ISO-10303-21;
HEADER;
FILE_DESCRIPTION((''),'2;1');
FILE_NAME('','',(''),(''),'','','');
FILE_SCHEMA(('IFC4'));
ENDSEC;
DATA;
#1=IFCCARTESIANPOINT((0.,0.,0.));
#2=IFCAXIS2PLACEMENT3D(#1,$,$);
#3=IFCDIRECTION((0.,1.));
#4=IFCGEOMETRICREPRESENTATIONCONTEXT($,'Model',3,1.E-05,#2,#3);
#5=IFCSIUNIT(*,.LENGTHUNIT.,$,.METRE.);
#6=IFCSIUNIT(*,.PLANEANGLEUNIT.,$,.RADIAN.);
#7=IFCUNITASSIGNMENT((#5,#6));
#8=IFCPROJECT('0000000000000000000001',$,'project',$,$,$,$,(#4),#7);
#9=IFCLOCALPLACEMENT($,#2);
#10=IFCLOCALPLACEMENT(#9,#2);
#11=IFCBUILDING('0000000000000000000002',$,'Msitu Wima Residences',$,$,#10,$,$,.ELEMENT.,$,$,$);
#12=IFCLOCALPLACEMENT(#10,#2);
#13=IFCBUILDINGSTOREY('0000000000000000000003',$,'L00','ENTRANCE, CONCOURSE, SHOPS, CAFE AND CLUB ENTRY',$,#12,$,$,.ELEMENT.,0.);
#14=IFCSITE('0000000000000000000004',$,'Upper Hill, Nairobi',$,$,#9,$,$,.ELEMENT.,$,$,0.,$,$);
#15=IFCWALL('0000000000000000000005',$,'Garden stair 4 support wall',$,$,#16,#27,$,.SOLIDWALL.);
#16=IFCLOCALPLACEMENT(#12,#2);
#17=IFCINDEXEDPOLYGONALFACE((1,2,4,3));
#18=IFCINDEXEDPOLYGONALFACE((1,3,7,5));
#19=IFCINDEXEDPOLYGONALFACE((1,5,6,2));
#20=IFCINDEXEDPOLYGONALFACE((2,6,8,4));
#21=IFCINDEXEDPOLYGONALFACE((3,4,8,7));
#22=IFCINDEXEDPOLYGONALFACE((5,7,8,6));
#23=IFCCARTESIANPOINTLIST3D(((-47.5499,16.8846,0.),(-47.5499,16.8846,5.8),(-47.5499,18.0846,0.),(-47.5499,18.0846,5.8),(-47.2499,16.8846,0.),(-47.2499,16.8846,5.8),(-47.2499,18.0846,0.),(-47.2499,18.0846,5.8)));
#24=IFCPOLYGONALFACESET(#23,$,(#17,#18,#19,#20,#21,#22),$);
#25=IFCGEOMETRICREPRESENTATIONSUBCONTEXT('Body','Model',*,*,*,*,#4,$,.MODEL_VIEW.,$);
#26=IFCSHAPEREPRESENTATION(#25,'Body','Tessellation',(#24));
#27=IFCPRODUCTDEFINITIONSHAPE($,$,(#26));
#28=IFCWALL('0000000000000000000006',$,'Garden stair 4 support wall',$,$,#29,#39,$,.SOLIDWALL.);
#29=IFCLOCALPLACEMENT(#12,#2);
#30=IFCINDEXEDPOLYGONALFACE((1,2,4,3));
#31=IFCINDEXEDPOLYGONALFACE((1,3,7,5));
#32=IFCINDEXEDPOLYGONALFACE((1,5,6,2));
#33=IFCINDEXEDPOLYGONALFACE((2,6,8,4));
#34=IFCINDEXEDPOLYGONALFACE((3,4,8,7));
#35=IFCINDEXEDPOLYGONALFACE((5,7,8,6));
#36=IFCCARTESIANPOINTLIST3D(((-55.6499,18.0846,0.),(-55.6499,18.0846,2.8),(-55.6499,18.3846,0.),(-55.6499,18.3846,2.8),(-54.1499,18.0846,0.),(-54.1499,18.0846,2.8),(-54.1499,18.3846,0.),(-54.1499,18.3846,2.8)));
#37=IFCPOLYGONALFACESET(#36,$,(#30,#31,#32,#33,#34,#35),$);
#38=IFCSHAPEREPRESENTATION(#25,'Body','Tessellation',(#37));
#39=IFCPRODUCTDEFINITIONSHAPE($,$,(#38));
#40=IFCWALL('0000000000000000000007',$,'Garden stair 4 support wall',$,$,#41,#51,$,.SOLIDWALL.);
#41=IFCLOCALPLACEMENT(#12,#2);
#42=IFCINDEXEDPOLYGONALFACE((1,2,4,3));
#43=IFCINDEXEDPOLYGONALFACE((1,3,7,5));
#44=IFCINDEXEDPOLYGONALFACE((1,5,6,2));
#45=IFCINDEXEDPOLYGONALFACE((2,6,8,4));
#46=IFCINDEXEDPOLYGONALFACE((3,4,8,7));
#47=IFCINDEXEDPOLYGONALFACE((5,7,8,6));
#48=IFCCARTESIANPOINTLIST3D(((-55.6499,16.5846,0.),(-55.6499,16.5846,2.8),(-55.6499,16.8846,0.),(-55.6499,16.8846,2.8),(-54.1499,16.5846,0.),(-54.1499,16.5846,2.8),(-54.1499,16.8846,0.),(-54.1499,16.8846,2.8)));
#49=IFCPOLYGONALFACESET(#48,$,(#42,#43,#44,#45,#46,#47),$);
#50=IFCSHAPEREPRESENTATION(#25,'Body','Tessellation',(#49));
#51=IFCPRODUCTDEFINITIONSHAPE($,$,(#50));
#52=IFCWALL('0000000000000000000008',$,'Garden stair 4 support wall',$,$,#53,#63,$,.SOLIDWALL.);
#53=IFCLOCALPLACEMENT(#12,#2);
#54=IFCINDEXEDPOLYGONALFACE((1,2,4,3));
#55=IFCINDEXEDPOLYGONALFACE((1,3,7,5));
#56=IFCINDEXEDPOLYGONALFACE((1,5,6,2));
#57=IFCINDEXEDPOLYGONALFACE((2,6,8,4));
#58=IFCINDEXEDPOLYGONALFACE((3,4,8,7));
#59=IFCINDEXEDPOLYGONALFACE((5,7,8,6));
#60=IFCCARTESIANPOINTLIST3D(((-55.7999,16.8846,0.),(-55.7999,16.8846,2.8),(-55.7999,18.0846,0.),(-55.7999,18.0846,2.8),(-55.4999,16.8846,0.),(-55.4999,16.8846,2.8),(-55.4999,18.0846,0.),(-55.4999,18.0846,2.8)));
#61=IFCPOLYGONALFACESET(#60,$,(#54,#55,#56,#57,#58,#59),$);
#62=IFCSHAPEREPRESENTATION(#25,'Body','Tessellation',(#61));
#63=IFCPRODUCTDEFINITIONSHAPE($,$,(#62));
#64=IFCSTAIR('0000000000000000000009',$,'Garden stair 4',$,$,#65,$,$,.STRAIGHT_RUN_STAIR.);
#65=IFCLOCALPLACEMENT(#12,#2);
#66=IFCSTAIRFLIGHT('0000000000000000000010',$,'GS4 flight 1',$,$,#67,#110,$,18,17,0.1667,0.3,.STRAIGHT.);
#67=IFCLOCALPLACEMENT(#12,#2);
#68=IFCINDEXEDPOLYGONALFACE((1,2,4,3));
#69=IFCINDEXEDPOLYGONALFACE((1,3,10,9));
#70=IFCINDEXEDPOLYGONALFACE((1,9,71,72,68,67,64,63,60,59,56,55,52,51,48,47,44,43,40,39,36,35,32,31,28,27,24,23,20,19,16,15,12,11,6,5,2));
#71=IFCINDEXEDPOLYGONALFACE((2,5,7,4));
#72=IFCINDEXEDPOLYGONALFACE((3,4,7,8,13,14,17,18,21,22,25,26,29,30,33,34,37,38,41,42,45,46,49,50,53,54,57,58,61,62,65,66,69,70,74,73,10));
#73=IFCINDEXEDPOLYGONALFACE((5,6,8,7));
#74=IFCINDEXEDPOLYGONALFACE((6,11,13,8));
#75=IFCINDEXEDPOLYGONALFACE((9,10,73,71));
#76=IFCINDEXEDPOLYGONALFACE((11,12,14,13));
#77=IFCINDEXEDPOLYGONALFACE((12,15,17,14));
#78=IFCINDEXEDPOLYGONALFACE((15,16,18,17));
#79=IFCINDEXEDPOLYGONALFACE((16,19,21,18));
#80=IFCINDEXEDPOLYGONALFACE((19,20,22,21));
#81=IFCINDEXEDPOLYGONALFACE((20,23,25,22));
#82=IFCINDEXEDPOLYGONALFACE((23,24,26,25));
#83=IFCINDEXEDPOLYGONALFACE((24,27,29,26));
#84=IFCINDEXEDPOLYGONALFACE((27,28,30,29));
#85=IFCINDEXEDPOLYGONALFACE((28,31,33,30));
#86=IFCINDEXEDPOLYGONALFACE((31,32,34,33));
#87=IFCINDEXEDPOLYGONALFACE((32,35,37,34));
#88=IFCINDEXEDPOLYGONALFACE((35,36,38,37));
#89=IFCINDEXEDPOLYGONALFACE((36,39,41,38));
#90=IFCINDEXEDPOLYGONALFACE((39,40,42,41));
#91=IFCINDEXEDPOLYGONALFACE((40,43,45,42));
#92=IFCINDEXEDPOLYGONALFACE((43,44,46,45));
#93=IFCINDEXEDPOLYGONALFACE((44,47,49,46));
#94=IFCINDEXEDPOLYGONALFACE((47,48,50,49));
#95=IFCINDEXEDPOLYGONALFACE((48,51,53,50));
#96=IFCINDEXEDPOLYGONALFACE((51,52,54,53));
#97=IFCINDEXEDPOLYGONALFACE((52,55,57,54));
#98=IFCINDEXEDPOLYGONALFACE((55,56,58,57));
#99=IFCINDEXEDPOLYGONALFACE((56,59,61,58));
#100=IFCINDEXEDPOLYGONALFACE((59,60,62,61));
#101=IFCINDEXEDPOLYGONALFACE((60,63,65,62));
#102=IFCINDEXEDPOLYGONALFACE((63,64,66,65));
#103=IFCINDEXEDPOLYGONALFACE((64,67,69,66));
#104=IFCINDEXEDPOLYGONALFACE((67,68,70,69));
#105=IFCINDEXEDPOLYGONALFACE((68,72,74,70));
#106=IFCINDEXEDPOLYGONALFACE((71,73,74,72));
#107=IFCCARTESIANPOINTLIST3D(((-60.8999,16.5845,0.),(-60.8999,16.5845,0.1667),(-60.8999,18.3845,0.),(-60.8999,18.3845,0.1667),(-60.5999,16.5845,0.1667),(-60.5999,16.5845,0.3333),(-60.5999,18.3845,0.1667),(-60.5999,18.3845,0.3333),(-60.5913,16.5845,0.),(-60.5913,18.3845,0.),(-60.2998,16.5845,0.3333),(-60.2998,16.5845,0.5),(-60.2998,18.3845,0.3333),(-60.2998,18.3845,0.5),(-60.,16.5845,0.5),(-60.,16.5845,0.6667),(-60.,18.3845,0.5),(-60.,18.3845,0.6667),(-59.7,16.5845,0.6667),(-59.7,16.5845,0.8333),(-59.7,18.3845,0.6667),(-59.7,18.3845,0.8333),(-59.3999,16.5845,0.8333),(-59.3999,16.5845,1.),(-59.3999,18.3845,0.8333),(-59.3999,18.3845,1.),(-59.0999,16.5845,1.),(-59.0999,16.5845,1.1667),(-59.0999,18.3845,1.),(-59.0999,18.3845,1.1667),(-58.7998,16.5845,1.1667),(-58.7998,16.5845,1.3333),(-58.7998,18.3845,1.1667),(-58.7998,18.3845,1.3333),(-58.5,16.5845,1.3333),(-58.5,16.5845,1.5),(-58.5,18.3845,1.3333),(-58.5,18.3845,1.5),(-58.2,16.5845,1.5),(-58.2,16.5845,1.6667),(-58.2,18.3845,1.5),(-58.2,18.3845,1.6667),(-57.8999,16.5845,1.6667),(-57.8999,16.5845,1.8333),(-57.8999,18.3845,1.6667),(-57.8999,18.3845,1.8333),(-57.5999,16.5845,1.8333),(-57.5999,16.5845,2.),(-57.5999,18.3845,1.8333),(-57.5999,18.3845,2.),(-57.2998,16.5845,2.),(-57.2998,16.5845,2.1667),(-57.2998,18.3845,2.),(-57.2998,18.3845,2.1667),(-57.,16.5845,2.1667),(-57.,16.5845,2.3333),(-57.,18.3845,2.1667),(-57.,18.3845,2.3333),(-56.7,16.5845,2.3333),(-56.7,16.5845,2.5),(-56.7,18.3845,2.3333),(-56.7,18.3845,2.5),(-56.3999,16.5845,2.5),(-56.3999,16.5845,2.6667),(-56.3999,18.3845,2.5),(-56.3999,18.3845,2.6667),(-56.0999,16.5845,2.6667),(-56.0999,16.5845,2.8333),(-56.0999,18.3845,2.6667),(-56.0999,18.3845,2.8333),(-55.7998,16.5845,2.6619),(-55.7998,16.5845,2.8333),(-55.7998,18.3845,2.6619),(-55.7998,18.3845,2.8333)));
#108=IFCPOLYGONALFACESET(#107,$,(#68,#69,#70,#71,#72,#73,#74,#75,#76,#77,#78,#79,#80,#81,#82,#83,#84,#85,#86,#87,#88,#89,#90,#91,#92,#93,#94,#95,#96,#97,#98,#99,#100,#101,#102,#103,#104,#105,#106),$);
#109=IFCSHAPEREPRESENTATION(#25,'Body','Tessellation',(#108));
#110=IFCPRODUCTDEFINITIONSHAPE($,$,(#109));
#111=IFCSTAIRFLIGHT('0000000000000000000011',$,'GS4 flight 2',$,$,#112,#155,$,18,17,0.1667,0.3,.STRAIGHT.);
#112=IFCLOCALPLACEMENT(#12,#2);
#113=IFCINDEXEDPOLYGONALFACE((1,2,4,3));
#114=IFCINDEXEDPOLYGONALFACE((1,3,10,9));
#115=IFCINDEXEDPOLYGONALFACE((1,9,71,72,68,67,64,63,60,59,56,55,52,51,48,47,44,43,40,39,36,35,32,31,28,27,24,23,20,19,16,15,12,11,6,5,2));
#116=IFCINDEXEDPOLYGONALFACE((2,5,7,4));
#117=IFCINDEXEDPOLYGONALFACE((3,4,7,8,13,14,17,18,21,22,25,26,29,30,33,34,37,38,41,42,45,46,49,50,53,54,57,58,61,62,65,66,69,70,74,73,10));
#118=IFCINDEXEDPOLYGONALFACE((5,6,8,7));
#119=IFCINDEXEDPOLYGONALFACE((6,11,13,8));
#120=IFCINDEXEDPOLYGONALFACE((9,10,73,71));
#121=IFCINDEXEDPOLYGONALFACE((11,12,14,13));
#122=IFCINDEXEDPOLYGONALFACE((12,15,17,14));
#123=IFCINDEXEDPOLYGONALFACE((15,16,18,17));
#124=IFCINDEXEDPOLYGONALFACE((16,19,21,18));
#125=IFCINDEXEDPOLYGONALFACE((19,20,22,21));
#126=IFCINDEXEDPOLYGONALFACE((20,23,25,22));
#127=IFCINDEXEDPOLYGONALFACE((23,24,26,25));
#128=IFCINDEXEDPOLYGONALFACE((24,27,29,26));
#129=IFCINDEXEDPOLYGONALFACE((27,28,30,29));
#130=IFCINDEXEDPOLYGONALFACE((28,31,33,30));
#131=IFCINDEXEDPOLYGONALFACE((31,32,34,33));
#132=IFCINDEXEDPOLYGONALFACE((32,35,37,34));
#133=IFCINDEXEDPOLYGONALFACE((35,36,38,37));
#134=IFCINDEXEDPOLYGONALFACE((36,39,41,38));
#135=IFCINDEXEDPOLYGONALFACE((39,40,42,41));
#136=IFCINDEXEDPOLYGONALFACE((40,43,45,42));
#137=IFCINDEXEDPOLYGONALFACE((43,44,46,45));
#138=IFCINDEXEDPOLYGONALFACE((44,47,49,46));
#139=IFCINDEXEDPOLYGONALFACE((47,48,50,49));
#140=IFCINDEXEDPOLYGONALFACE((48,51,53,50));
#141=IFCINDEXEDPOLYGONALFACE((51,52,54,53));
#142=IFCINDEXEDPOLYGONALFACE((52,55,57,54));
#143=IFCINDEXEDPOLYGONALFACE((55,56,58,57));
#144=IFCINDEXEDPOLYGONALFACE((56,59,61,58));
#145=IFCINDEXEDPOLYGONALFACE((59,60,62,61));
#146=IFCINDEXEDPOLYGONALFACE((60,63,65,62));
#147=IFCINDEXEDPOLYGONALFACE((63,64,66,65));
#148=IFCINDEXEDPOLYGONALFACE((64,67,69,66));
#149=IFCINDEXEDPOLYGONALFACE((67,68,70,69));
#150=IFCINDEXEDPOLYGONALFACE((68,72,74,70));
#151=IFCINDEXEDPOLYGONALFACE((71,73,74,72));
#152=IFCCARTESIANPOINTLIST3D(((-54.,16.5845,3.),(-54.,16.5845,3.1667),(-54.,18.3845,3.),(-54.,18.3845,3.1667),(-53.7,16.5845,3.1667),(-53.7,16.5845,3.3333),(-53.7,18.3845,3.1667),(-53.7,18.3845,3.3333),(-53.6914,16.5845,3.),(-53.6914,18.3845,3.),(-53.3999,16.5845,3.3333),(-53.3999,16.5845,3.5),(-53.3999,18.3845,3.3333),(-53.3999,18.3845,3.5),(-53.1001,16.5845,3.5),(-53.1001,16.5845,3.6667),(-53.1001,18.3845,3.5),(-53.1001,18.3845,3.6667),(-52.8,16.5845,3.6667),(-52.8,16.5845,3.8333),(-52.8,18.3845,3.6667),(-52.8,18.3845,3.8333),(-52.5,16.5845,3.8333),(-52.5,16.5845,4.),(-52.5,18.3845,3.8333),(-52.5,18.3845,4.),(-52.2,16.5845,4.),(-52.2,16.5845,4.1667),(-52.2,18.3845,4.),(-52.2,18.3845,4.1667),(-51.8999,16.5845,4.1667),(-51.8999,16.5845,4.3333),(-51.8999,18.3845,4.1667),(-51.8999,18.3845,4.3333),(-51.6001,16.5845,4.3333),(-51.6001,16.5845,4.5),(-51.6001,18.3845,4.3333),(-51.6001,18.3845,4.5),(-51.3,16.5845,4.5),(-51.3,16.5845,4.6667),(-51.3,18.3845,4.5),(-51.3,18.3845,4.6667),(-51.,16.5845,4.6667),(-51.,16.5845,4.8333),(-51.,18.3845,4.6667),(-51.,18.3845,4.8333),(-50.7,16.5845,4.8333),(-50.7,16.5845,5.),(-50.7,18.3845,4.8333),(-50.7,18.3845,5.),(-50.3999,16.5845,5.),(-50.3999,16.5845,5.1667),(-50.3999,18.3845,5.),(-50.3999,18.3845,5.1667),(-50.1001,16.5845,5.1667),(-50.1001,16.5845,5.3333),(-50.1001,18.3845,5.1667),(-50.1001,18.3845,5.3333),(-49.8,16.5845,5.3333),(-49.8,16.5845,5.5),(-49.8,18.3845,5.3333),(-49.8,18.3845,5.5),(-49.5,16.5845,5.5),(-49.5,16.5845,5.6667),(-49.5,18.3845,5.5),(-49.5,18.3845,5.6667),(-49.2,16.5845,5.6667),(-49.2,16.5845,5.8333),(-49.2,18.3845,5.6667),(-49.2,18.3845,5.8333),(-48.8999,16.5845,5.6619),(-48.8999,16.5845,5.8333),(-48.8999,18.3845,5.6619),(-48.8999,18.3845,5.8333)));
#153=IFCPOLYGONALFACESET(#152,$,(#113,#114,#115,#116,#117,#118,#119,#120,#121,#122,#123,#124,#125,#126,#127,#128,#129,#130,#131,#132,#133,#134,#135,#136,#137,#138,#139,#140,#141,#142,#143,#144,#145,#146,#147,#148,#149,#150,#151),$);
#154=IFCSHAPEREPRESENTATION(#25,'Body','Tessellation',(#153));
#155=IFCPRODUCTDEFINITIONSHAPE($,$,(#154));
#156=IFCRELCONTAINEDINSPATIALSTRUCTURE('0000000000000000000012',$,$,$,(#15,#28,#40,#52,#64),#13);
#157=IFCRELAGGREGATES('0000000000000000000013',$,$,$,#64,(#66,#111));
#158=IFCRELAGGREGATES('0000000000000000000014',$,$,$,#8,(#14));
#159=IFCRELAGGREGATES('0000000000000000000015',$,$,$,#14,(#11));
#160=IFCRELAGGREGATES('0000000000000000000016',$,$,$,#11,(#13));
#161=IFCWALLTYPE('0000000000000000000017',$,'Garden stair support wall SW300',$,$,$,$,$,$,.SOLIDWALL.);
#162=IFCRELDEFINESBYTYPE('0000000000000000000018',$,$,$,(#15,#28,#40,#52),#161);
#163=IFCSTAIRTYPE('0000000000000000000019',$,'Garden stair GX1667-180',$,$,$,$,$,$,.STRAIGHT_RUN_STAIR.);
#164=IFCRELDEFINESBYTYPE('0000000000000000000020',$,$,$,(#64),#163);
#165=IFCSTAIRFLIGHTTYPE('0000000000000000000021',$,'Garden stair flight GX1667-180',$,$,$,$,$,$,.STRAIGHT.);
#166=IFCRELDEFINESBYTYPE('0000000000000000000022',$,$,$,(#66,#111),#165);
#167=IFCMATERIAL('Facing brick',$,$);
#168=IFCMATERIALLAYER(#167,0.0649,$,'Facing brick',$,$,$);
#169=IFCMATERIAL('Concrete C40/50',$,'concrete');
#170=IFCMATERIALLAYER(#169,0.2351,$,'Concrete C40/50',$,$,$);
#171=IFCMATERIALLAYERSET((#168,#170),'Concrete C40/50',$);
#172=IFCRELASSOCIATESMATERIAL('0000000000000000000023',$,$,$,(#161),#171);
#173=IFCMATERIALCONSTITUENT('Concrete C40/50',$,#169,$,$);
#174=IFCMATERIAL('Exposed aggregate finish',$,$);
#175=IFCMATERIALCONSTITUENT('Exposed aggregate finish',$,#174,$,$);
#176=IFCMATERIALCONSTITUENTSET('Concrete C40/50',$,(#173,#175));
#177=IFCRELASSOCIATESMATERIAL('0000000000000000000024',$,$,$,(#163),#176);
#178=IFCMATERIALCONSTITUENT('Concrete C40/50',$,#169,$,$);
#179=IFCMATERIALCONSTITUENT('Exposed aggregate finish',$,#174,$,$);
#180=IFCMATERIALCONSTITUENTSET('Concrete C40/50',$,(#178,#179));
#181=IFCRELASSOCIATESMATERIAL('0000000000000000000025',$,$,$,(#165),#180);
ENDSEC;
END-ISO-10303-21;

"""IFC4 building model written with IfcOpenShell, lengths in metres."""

from ifc_helpers import new_model, si_unit, direction, frame, frame_2d, origin, place, context, subcontext, project, spatial, polyline, rectangle, outline, extrude, material, layer, layer_set, constituent, constituent_set, type_object, element, aggregate, save


model = new_model("IFC4")

# Units and contexts
model_context = context("Model", 3, precision=1e-05, world=origin(), true_north=direction((0.0, 1.0)))
body_context = subcontext(model_context, "Body", "Model", "MODEL_VIEW")
ifc_project = project(units=[si_unit("LENGTHUNIT", "METRE"), si_unit("PLANEANGLEUNIT", "RADIAN")], contexts=[model_context])

# Site, building, storey
site_placement = place(None, origin())
site = spatial("IfcSite", under=ifc_project, at=site_placement, Name="Upper Hill, Nairobi", CompositionType="ELEMENT", RefElevation=0.0)
building_placement = place(site_placement, origin())
building = spatial("IfcBuilding", under=site, at=building_placement, Name="Msitu Wima Residences", CompositionType="ELEMENT")
storey_placement = place(building_placement, origin())
storey = spatial("IfcBuildingStorey", under=building, at=storey_placement, Name="L00", Description="ENTRANCE, CONCOURSE, SHOPS, CAFE AND CLUB ENTRY", CompositionType="ELEMENT", Elevation=0.0)

# Walls
ifc_material_1 = material(Name="Facing brick")
ifc_layer_1 = layer(ifc_material_1, 0.0649, Name="Facing brick")
ifc_material_2 = material(Name="Concrete C40/50", Category="concrete")
ifc_layer_2 = layer(ifc_material_2, 0.2351, Name="Concrete C40/50")
ifc_layer_set_1 = layer_set([ifc_layer_1, ifc_layer_2], Name="Concrete C40/50")
wall_type_1 = type_object("IfcWallType", Name="Garden stair support wall SW300", PredefinedType="SOLIDWALL", material=ifc_layer_set_1)
wall_1_placement = place(storey_placement, frame((-47.3999, 18.0847, 0.0), z_axis=(0.0, 0.0, 1.0), x_axis=(0.0, -1.0, 0.0)))
element("IfcWall", 1, at=wall_1_placement, inside=storey, type_object=wall_type_1, Name="Garden stair 4 support wall", PredefinedType="SOLIDWALL", context=body_context, shape_type="SweptSolid", body=[
    extrude(rectangle(XDim=1.2, YDim=0.3, at=frame_2d((0.6001, 0.0))), origin(), (0.0, 0.0, 1.0), 5.8),
])
for number, where, z_axis, x_axis, name in (
    (2, (-54.1499, 18.2346, 0.0), (0.0, 0.0, 1.0), (-1.0, 0.0, 0.0), "Garden stair 4 support wall"),
    (3, (-54.1499, 16.7346, 0.0), (0.0, 0.0, 1.0), (-1.0, 0.0, 0.0), "Garden stair 4 support wall"),
):
    element("IfcWall", number, at=place(storey_placement, frame(where, z_axis=z_axis, x_axis=x_axis)), inside=storey, type_object=wall_type_1, Name=name, PredefinedType="SOLIDWALL", context=body_context, shape_type="SweptSolid", body=[
        extrude(rectangle(XDim=1.5, YDim=0.3, at=frame_2d((0.75, 0.0))), origin(), (0.0, 0.0, 1.0), 2.8),
    ])
wall_2_placement = place(storey_placement, frame((-55.6499, 18.0847, 0.0), z_axis=(0.0, 0.0, 1.0), x_axis=(0.0, -1.0, 0.0)))
element("IfcWall", 4, at=wall_2_placement, inside=storey, type_object=wall_type_1, Name="Garden stair 4 support wall", PredefinedType="SOLIDWALL", context=body_context, shape_type="SweptSolid", body=[
    extrude(rectangle(XDim=1.2, YDim=0.3, at=frame_2d((0.6001, 0.0))), origin(), (0.0, 0.0, 1.0), 2.8),
])

# Stair, stair flights
ifc_constituent_1 = constituent(ifc_material_2, Name="Concrete C40/50")
ifc_material_3 = material(Name="Exposed aggregate finish")
ifc_constituent_2 = constituent(ifc_material_3, Name="Exposed aggregate finish")
ifc_constituent_set_1 = constituent_set(constituents=[ifc_constituent_1, ifc_constituent_2], Name="Concrete C40/50")
stair_type = type_object("IfcStairType", Name="Garden stair GX1667-180", PredefinedType="STRAIGHT_RUN_STAIR", material=ifc_constituent_set_1)
stair_placement = place(storey_placement, origin())
stair = element("IfcStair", 5, at=stair_placement, inside=storey, type_object=stair_type, Name="Garden stair 4", PredefinedType="STRAIGHT_RUN_STAIR")
ifc_constituent_3 = constituent(ifc_material_2, Name="Concrete C40/50")
ifc_constituent_4 = constituent(ifc_material_3, Name="Exposed aggregate finish")
ifc_constituent_set_2 = constituent_set(constituents=[ifc_constituent_3, ifc_constituent_4], Name="Concrete C40/50")
stair_flight_type = type_object("IfcStairFlightType", Name="Garden stair flight GX1667-180", PredefinedType="STRAIGHT", material=ifc_constituent_set_2)
stair_flight_1_placement = place(storey_placement, frame((-60.8999, 17.4846, 0.0), z_axis=(0.0, 0.0, 1.0), x_axis=(1.0, 0.0, 0.0)))
stair_flight_1 = element("IfcStairFlight", 6, at=stair_flight_1_placement, type_object=stair_flight_type, Name="GS4 flight 1", NumberOfRisers=18, NumberOfTreads=17, PredefinedType="STRAIGHT", RiserHeight=0.1667, TreadLength=0.3, context=body_context, shape_type="SweptSolid", body=[
    extrude(outline(polyline([(0.0, 0.0), (0.0, 0.1667), (0.3, 0.1667), (0.3, 0.3333), (0.6001, 0.3333), (0.6001, 0.5), (0.8999, 0.5), (0.8999, 0.6667), (1.2, 0.6667), (1.2, 0.8333), (1.5, 0.8333), (1.5, 1.0), (1.8, 1.0), (1.8, 1.1667), (2.1001, 1.1667), (2.1001, 1.3333), (2.3999, 1.3333), (2.3999, 1.5), (2.7, 1.5), (2.7, 1.6667), (3.0, 1.6667), (3.0, 1.8333), (3.3, 1.8333), (3.3, 2.0), (3.6001, 2.0), (3.6001, 2.1667), (3.8999, 2.1667), (3.8999, 2.3333), (4.2, 2.3333), (4.2, 2.5), (4.5, 2.5), (4.5, 2.6667), (4.8, 2.6667), (4.8, 2.8333), (5.1001, 2.8333), (5.1001, 3.0), (5.1001, 2.6619), (0.3086, 0.0), (0.0, 0.0)])), frame((0.0, 0.8999, 0.0), z_axis=(0.0, -1.0, 0.0), x_axis=(1.0, 0.0, 0.0)), (0.0, 0.0, 1.0), 1.8),
])
stair_flight_2_placement = place(storey_placement, frame((-54.0, 17.4846, 3.0), z_axis=(0.0, 0.0, 1.0), x_axis=(1.0, 0.0, 0.0)))
stair_flight_2 = element("IfcStairFlight", 7, at=stair_flight_2_placement, type_object=stair_flight_type, Name="GS4 flight 2", NumberOfRisers=18, NumberOfTreads=17, PredefinedType="STRAIGHT", RiserHeight=0.1667, TreadLength=0.3, context=body_context, shape_type="SweptSolid", body=[
    extrude(outline(polyline([(0.0, 0.0), (0.0, 0.1667), (0.3, 0.1667), (0.3, 0.3333), (0.6001, 0.3333), (0.6001, 0.5), (0.8999, 0.5), (0.8999, 0.6667), (1.2, 0.6667), (1.2, 0.8333), (1.5, 0.8333), (1.5, 1.0), (1.8, 1.0), (1.8, 1.1667), (2.1001, 1.1667), (2.1001, 1.3333), (2.3999, 1.3333), (2.3999, 1.5), (2.7, 1.5), (2.7, 1.6667), (3.0, 1.6667), (3.0, 1.8333), (3.3, 1.8333), (3.3, 2.0), (3.6001, 2.0), (3.6001, 2.1667), (3.8999, 2.1667), (3.8999, 2.3333), (4.2, 2.3333), (4.2, 2.5), (4.5, 2.5), (4.5, 2.6667), (4.8, 2.6667), (4.8, 2.8333), (5.1001, 2.8333), (5.1001, 3.0), (5.1001, 2.6619), (0.3086, 0.0), (0.0, 0.0)])), frame((0.0, 0.8999, 0.0), z_axis=(0.0, -1.0, 0.0), x_axis=(1.0, 0.0, 0.0)), (0.0, 0.0, 1.0), 1.8),
])
aggregate(stair, [stair_flight_1, stair_flight_2])

save(model, "model.ifc")
